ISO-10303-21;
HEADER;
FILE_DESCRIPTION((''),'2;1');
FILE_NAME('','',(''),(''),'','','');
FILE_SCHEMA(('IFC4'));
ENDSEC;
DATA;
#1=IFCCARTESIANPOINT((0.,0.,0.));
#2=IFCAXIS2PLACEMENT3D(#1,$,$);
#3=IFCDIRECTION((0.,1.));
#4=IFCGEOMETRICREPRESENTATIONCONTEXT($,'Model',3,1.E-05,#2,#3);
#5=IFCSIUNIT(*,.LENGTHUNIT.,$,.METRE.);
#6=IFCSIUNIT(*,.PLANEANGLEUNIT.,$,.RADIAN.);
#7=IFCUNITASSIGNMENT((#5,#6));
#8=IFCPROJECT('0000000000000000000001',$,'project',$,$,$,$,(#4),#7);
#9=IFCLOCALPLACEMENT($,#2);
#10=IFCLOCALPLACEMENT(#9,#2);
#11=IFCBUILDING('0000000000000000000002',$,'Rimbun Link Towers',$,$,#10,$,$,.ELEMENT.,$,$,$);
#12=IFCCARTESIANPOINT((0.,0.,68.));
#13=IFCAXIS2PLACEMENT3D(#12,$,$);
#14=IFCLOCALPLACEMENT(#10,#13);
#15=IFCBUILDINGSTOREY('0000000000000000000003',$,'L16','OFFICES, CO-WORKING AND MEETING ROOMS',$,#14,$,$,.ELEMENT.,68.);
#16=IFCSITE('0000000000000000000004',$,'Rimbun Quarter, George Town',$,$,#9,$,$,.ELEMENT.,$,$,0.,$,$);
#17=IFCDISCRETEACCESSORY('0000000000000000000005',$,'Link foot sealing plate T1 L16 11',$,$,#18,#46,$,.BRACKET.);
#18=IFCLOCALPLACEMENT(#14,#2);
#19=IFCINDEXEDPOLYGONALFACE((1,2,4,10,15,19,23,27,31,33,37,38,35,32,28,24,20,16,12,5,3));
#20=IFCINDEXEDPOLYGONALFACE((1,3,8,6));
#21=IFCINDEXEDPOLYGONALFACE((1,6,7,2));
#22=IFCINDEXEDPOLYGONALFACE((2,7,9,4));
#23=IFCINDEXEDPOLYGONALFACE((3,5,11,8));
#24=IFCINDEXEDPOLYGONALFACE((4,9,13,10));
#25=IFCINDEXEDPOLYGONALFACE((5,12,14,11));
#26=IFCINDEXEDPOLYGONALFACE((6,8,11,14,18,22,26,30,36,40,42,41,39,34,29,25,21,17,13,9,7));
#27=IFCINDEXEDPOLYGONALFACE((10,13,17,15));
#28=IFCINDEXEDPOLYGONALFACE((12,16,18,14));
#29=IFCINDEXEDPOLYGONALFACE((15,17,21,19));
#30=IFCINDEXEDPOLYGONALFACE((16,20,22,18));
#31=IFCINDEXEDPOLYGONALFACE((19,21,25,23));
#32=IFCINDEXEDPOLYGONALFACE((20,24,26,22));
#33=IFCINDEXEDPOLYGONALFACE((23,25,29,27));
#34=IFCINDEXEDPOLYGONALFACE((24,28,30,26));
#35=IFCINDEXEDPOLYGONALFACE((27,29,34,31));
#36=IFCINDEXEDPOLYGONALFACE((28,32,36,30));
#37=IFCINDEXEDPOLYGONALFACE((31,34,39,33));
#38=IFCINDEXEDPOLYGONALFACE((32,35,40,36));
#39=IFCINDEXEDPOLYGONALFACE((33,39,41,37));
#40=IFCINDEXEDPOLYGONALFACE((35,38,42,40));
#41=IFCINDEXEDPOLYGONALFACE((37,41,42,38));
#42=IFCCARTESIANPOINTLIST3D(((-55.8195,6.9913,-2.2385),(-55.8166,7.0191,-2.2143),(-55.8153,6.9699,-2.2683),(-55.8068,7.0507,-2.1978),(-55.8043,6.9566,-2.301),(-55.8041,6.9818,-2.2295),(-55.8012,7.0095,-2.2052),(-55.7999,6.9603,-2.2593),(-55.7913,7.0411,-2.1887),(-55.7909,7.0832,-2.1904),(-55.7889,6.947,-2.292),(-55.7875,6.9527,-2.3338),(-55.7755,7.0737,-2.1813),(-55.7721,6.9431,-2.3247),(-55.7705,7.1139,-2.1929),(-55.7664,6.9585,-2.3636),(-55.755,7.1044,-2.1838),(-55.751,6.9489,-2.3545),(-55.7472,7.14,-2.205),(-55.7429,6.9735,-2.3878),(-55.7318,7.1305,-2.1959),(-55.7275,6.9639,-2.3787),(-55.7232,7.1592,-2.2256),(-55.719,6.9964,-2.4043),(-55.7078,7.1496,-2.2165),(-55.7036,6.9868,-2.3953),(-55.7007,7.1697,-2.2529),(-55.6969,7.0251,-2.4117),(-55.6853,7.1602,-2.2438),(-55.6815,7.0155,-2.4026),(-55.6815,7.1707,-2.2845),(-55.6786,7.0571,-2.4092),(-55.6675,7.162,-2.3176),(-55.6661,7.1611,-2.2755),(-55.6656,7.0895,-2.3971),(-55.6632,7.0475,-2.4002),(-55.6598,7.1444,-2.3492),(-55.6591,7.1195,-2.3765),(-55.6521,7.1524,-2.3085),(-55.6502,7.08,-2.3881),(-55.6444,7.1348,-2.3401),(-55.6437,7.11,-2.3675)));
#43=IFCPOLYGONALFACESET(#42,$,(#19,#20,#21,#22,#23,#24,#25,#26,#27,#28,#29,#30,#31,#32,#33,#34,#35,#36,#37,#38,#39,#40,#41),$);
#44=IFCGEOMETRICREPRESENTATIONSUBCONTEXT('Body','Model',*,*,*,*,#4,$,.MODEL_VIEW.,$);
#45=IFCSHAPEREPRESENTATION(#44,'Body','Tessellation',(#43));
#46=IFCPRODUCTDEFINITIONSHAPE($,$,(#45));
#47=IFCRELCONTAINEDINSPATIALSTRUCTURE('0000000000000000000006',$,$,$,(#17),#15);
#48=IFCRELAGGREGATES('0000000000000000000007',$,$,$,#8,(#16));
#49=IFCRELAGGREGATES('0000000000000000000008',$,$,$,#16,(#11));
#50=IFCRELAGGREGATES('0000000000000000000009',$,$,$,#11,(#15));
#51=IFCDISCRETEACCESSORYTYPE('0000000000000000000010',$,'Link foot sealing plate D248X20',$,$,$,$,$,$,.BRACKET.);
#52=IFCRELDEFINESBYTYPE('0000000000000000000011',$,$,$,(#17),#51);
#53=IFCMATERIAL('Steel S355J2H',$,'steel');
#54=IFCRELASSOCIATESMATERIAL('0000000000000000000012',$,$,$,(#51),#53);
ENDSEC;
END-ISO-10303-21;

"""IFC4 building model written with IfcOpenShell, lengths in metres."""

from ifc_helpers import new_model, si_unit, direction, frame, origin, origin_2d, place, context, subcontext, project, spatial, circle, extrude, material, material_profile, profile_set, type_object, element, save


model = new_model("IFC4")

# Units and contexts
model_context = context("Model", 3, precision=1e-05, world=origin(), true_north=direction((0.0, 1.0)))
body_context = subcontext(model_context, "Body", "Model", "MODEL_VIEW")
ifc_project = project(units=[si_unit("LENGTHUNIT", "METRE"), si_unit("PLANEANGLEUNIT", "RADIAN")], contexts=[model_context])

# Site, building, storey
site_placement = place(None, origin())
site = spatial("IfcSite", under=ifc_project, at=site_placement, Name="Rimbun Quarter, George Town", CompositionType="ELEMENT", RefElevation=0.0)
building_placement = place(site_placement, origin())
building = spatial("IfcBuilding", under=site, at=building_placement, Name="Rimbun Link Towers", CompositionType="ELEMENT")
storey_placement = place(building_placement, frame((0.0, 0.0, 68.0)))
storey = spatial("IfcBuildingStorey", under=building, at=storey_placement, Name="L16", Description="OFFICES, CO-WORKING AND MEETING ROOMS", CompositionType="ELEMENT", Elevation=68.0)

# Discrete accessory
ifc_material_1 = material(Name="Steel S355J2H", Category="steel")
ifc_material_profile_1 = material_profile(ifc_material_1, circle(Radius=0.124, at=origin_2d()), Name="PL D248")
ifc_profile_set_1 = profile_set([ifc_material_profile_1], Name="Steel S355J2H")
discrete_accessory_type = type_object("IfcDiscreteAccessoryType", Name="Link foot sealing plate D248X20", PredefinedType="BRACKET", material=ifc_profile_set_1)
discrete_accessory_placement = place(storey_placement, frame((-55.7236, 7.0525, -2.292), z_axis=(-0.760694, 0.470906, -0.446757), x_axis=(-0.526355, -0.850265, 0.0)))
element("IfcDiscreteAccessory", 1, at=discrete_accessory_placement, inside=storey, type_object=discrete_accessory_type, Name="Link foot sealing plate T1 L16 11", PredefinedType="BRACKET", context=body_context, shape_type="SweptSolid", body=[
    extrude(circle(Radius=0.124, at=origin_2d()), origin(), (0.0, 0.0, 1.0), 0.0203),
])

save(model, "model.ifc")
